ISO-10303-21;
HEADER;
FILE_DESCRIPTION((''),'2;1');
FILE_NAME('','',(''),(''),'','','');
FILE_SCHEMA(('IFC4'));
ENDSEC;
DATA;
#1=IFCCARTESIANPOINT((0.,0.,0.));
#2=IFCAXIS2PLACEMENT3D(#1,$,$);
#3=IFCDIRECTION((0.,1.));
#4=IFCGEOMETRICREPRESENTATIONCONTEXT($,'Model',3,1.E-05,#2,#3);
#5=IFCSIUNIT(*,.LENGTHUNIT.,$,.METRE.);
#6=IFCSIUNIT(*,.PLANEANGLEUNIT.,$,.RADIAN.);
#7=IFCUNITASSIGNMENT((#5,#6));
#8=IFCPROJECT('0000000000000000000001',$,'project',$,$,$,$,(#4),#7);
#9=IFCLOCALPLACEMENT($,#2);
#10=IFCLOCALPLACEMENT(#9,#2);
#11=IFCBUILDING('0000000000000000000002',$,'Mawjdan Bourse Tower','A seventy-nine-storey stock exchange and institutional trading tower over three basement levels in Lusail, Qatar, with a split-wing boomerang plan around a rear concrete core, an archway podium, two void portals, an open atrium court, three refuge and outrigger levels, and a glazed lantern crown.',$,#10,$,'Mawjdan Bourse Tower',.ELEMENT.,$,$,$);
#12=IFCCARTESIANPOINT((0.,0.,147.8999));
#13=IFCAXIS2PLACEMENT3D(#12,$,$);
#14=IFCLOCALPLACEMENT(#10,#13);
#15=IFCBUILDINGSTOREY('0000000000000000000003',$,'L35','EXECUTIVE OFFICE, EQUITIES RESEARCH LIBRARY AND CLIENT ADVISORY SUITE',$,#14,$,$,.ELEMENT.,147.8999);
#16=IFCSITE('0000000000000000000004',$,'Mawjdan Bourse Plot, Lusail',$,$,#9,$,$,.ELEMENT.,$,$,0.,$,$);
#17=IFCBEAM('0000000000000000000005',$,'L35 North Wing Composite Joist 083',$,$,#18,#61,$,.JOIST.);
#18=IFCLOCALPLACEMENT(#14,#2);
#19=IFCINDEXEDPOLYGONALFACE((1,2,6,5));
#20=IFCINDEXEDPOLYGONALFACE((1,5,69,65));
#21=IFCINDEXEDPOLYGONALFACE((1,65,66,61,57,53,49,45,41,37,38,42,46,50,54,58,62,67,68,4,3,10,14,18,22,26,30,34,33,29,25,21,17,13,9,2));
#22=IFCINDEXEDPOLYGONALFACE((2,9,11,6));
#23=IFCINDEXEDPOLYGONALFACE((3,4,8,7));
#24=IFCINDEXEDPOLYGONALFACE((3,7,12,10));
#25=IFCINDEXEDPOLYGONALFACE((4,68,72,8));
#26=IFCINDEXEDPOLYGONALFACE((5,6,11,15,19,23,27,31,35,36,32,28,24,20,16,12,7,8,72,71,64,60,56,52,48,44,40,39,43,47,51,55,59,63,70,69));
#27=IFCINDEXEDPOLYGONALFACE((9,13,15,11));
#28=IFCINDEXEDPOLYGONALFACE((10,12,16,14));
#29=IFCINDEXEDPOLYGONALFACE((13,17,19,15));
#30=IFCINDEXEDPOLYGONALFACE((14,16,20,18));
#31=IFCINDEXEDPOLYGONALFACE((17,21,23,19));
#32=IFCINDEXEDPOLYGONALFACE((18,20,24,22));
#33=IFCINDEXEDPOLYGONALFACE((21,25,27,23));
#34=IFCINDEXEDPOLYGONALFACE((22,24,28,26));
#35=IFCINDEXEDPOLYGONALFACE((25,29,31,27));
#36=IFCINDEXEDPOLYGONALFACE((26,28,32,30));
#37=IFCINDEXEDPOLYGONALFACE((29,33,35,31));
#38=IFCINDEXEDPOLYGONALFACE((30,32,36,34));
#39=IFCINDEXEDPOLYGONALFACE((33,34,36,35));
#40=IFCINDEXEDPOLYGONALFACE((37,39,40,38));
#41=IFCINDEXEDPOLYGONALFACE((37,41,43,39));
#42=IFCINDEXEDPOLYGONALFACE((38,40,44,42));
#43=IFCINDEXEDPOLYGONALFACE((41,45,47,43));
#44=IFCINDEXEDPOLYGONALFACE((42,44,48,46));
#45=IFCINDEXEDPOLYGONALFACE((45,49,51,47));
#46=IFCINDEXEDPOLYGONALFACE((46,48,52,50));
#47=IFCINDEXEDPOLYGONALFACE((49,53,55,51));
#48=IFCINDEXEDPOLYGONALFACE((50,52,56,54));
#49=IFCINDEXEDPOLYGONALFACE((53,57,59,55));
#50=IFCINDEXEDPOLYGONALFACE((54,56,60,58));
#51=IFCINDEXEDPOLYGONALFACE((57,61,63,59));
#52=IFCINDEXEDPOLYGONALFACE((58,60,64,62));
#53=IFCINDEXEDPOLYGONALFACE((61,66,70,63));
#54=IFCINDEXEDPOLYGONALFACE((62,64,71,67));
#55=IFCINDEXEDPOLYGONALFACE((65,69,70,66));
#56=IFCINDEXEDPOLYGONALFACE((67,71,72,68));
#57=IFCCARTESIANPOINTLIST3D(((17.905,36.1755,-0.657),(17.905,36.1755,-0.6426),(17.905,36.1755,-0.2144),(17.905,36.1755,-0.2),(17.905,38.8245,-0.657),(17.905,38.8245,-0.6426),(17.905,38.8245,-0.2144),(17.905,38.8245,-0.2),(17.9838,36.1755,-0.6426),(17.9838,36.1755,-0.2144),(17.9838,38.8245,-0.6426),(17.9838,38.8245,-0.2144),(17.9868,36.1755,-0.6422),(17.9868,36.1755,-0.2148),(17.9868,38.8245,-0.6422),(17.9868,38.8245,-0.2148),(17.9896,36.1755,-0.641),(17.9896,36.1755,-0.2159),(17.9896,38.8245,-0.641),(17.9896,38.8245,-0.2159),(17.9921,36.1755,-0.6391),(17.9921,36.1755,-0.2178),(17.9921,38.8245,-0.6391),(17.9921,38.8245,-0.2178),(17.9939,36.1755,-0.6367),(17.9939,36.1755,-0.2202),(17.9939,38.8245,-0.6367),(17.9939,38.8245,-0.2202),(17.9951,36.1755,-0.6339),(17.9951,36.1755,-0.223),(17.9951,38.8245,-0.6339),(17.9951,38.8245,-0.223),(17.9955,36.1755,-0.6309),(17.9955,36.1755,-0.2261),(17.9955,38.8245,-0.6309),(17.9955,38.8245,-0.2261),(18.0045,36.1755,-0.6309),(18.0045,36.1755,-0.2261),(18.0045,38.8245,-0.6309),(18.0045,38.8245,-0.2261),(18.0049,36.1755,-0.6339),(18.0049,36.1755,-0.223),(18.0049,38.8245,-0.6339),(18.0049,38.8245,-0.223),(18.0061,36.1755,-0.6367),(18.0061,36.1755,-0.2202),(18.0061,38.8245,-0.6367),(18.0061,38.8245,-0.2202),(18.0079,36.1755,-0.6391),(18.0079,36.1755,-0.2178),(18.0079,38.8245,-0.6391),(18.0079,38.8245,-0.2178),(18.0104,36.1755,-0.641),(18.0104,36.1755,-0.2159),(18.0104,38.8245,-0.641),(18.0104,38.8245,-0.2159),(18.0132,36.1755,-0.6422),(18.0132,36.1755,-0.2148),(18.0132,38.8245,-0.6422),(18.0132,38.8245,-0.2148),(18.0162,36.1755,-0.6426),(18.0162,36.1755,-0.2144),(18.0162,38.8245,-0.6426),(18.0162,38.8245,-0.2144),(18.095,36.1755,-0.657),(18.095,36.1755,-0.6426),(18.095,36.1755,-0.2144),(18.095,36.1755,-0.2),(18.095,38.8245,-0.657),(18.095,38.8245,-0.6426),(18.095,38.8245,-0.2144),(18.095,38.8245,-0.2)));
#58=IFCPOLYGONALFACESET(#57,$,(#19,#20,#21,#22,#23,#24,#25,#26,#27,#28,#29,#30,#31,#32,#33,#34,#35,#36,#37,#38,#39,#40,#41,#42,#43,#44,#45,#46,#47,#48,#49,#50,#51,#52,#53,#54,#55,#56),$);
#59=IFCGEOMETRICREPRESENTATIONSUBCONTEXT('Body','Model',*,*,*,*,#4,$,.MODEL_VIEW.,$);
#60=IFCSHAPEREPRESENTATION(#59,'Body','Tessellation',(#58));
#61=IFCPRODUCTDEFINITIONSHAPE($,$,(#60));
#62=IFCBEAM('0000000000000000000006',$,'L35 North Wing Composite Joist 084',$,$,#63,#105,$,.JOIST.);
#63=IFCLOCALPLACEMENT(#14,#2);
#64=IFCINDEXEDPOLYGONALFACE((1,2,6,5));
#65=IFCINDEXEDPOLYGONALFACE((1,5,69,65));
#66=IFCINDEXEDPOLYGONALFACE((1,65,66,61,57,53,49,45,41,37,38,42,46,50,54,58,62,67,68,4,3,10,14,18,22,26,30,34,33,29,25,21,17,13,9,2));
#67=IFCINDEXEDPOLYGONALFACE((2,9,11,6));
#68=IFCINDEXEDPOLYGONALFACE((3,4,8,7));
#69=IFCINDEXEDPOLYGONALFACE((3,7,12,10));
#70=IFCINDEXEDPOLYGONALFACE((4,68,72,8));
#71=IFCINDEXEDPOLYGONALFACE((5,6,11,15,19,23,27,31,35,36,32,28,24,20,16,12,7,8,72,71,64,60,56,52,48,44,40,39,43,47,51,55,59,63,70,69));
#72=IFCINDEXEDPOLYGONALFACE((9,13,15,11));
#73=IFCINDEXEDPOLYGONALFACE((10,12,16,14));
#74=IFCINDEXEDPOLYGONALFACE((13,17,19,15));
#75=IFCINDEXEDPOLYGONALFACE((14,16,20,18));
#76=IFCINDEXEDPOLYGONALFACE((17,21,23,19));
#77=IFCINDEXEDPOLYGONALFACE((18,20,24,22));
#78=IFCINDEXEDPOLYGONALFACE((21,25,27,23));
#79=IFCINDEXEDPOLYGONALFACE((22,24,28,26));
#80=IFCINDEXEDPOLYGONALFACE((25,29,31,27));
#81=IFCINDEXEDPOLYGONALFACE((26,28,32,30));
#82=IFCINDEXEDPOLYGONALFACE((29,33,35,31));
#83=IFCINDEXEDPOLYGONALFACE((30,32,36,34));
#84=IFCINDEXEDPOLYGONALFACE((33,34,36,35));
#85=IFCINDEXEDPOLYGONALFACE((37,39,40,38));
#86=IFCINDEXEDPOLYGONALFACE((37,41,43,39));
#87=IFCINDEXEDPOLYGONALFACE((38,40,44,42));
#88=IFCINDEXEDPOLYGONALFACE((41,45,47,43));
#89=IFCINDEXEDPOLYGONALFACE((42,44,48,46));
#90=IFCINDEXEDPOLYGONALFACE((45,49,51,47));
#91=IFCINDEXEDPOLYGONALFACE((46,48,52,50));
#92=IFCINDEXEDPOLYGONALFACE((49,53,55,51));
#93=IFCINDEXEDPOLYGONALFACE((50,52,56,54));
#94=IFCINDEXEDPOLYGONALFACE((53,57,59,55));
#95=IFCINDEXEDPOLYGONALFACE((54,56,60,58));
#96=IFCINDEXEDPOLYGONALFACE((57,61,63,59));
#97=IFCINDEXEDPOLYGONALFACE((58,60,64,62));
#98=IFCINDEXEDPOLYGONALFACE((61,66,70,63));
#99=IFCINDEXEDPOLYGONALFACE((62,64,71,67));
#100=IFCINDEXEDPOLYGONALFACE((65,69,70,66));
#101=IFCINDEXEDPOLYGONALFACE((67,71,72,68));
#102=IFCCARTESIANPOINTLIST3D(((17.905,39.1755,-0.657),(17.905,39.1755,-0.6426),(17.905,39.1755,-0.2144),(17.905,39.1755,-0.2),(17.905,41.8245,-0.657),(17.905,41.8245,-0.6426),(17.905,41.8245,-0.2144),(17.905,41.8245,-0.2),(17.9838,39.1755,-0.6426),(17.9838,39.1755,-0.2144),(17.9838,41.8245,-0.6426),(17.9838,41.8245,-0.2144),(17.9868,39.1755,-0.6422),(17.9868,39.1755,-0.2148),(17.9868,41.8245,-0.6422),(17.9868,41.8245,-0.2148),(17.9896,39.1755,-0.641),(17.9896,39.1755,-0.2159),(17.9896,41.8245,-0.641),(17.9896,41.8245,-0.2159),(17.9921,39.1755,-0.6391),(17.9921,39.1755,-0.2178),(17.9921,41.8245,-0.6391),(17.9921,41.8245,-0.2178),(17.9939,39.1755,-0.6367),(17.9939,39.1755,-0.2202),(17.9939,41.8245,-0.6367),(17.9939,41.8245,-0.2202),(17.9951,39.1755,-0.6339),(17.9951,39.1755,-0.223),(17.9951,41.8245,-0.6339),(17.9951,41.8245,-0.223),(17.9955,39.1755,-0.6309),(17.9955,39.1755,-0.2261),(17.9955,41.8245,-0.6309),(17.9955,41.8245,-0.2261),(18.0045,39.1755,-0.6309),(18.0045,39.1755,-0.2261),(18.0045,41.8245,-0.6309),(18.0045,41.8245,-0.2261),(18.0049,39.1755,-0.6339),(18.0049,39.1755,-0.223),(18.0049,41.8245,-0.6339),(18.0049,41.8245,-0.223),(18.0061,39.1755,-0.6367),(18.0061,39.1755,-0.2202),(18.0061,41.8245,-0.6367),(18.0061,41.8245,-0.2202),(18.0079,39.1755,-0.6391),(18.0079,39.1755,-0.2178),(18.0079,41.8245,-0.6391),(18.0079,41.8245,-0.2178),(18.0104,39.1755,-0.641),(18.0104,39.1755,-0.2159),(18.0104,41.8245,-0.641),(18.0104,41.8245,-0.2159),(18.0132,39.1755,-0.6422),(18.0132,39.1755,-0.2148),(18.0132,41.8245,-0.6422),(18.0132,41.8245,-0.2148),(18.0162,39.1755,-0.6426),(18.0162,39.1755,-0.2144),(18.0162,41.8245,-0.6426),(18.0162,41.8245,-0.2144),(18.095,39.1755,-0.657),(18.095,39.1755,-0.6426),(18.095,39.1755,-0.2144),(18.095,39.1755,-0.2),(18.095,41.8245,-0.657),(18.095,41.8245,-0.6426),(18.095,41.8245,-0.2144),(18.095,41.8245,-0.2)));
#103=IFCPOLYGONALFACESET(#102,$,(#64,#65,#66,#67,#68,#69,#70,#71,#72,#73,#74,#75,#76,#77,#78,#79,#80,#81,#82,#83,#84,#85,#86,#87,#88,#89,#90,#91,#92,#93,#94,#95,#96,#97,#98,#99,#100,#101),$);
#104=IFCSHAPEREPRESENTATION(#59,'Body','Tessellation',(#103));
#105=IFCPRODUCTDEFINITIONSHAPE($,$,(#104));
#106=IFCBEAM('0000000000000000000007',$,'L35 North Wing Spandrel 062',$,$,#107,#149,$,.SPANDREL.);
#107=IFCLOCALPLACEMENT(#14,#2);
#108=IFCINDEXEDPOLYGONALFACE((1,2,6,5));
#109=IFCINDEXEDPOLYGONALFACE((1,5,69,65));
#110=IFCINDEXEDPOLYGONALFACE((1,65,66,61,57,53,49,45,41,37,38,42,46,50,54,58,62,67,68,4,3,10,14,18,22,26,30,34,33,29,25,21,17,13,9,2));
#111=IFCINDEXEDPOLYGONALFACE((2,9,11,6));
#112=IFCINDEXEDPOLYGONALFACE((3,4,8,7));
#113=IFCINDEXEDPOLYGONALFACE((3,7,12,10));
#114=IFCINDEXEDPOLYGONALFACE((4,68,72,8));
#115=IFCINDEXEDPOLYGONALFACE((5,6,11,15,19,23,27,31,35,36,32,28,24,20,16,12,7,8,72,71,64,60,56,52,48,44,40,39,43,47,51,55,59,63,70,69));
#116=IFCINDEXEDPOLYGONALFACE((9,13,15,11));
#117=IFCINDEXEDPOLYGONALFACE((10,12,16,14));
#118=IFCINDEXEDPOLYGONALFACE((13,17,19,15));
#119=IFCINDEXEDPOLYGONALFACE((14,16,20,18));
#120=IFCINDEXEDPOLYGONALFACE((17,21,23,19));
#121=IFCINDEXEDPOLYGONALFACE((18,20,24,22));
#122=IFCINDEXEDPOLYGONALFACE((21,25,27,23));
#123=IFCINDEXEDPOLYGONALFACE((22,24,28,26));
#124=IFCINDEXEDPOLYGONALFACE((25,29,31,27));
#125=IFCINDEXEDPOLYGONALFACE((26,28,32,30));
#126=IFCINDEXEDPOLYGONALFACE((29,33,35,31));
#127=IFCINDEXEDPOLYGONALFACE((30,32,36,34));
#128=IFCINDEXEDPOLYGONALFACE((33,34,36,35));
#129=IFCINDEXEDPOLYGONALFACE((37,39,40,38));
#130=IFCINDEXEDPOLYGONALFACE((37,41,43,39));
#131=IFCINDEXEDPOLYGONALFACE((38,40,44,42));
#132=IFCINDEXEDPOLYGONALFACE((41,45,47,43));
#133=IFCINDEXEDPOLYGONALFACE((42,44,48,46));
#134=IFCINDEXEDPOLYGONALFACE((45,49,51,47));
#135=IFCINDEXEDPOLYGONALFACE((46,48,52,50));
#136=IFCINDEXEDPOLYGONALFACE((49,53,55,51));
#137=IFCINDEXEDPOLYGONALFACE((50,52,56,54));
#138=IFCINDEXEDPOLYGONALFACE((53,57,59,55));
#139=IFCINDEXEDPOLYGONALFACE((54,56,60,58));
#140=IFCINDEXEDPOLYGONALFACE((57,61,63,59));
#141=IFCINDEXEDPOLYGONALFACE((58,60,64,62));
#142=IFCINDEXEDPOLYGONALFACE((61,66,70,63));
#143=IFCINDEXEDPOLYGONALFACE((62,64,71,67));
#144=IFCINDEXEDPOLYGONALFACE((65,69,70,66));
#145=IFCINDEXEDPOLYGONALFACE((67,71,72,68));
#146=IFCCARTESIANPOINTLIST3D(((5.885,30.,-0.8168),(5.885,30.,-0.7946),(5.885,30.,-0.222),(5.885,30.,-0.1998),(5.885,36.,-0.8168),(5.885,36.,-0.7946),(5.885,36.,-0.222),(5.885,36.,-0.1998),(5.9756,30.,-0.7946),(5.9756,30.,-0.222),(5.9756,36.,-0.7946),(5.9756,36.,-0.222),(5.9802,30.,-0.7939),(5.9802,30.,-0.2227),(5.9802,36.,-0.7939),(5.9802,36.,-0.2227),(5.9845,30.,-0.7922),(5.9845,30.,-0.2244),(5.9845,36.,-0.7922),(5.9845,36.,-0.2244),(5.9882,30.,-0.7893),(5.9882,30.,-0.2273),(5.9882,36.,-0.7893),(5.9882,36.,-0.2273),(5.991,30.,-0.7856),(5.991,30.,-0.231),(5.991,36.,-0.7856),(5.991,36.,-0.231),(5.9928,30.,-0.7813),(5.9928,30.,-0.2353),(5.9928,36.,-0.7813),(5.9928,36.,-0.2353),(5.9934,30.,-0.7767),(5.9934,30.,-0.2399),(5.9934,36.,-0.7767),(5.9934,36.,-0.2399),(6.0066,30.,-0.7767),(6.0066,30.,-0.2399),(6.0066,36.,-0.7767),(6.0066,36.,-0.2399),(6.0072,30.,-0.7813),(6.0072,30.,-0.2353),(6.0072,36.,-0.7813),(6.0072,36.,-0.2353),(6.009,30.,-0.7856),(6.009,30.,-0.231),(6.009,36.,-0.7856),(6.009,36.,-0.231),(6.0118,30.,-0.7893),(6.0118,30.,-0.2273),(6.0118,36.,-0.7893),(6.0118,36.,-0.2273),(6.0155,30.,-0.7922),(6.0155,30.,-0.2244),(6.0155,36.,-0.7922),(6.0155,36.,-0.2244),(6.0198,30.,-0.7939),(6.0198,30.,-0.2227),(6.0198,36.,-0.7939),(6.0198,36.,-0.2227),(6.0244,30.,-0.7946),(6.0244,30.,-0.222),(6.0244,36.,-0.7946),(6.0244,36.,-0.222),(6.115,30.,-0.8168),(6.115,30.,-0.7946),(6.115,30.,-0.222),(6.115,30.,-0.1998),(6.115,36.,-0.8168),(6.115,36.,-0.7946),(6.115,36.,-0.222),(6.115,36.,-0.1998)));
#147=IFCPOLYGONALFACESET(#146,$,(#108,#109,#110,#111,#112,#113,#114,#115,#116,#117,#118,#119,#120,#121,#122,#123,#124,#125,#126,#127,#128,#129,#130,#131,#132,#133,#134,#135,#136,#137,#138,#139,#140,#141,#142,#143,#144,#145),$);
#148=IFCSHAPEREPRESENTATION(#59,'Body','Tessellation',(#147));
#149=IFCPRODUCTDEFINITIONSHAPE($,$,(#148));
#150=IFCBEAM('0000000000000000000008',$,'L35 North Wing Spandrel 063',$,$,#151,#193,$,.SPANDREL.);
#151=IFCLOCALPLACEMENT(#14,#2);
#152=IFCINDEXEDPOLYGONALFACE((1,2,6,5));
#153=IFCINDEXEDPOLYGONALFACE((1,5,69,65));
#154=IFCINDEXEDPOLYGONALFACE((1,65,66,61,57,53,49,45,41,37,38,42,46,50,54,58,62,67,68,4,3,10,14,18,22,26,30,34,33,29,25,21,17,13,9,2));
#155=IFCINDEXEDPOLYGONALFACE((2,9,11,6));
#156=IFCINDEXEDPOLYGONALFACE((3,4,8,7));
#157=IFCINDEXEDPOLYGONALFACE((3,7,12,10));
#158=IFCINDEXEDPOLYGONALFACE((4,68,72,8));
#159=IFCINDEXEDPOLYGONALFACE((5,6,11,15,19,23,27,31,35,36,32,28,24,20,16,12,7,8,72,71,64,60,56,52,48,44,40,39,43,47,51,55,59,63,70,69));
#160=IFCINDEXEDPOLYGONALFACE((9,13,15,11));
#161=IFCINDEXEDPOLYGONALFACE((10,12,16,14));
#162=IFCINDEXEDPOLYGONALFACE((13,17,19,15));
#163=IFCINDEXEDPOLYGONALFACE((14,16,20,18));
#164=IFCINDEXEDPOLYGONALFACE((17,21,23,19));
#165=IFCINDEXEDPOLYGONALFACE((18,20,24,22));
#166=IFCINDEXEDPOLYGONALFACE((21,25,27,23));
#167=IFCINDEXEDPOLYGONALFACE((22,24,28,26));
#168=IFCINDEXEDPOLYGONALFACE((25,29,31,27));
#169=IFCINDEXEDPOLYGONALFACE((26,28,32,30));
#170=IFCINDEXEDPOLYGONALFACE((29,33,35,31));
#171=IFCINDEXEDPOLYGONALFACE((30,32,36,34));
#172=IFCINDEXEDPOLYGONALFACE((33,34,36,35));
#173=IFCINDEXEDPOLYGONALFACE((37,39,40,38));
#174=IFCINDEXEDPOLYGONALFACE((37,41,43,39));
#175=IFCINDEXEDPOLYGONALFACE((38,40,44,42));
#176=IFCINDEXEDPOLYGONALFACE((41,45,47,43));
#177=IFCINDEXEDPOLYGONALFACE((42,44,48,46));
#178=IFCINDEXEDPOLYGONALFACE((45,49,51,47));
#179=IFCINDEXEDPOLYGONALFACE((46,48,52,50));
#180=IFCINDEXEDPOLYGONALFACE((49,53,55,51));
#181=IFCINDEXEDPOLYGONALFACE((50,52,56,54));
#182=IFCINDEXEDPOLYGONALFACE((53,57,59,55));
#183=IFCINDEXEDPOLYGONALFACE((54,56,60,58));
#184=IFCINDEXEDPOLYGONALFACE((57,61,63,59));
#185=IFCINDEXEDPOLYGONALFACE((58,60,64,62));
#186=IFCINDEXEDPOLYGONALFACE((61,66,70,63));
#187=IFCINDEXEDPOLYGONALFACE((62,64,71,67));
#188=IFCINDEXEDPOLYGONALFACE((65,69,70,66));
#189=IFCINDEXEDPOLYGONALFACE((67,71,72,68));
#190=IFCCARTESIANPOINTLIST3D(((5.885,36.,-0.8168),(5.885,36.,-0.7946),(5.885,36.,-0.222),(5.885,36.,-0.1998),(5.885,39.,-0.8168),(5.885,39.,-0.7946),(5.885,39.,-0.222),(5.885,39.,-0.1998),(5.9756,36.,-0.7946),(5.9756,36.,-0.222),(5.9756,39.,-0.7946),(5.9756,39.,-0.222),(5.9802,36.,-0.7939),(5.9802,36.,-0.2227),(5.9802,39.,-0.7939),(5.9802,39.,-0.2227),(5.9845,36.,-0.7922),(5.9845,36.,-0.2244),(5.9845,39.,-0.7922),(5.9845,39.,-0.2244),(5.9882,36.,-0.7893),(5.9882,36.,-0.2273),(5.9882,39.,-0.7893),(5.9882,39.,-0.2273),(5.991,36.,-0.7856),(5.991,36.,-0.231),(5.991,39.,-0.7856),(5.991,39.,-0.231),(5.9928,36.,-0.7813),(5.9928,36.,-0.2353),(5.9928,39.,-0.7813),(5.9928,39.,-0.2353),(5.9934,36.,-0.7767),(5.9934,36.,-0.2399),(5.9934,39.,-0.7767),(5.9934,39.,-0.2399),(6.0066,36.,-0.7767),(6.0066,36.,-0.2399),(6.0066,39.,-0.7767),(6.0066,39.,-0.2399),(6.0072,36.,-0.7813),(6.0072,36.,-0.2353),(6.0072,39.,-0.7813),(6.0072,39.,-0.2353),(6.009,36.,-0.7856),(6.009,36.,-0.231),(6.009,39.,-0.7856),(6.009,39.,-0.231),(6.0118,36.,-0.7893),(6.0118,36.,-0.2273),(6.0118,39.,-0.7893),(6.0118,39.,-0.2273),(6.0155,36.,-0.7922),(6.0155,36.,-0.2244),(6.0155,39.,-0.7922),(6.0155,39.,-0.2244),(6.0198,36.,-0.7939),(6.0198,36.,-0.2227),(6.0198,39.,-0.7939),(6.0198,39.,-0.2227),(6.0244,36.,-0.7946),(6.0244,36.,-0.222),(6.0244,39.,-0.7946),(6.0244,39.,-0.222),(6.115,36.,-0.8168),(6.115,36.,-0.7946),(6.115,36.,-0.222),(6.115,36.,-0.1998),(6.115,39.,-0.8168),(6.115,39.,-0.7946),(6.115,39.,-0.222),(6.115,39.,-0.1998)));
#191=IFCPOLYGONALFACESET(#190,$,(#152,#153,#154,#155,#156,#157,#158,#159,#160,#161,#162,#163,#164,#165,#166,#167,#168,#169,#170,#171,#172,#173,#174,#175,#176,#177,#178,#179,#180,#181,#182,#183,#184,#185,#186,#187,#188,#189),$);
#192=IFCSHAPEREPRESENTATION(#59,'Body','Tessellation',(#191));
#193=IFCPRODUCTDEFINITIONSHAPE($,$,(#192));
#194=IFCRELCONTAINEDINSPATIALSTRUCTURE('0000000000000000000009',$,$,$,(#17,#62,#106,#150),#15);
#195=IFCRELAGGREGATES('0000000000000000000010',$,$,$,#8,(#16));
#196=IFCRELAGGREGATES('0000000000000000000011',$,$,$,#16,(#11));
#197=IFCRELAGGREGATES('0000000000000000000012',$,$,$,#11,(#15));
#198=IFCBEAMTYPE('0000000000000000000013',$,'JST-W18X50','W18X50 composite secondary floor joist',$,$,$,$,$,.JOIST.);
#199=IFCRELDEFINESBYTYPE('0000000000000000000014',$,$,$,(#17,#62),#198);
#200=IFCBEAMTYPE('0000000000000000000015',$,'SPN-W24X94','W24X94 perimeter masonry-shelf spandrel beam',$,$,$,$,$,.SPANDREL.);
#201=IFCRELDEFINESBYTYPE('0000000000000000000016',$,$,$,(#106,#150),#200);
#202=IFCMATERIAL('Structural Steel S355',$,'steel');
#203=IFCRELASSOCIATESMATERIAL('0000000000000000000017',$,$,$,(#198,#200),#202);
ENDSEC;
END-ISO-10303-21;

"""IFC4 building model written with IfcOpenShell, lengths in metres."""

from ifc_helpers import new_model, si_unit, direction, frame, origin, origin_2d, place, context, subcontext, project, spatial, i_section, extrude, material, material_profile, profile_set, type_object, element, save


model = new_model("IFC4")

# Units and contexts
model_context = context("Model", 3, precision=1e-05, world=origin(), true_north=direction((0.0, 1.0)))
body_context = subcontext(model_context, "Body", "Model", "MODEL_VIEW")
ifc_project = project(units=[si_unit("LENGTHUNIT", "METRE"), si_unit("PLANEANGLEUNIT", "RADIAN")], contexts=[model_context])

# Site, building, storey
site_placement = place(None, origin())
site = spatial("IfcSite", under=ifc_project, at=site_placement, Name="Mawjdan Bourse Plot, Lusail", CompositionType="ELEMENT", RefElevation=0.0)
building_placement = place(site_placement, origin())
building = spatial("IfcBuilding", under=site, at=building_placement, Name="Mawjdan Bourse Tower", Description="A seventy-nine-storey stock exchange and institutional trading tower over three basement levels in Lusail, Qatar, with a split-wing boomerang plan around a rear concrete core, an archway podium, two void portals, an open atrium court, three refuge and outrigger levels, and a glazed lantern crown.", LongName="Mawjdan Bourse Tower", CompositionType="ELEMENT")
storey_placement = place(building_placement, frame((0.0, 0.0, 147.8999)))
storey = spatial("IfcBuildingStorey", under=building, at=storey_placement, Name="L35", Description="EXECUTIVE OFFICE, EQUITIES RESEARCH LIBRARY AND CLIENT ADVISORY SUITE", CompositionType="ELEMENT", Elevation=147.8999)

# Beams
ifc_material_1 = material(Name="Structural Steel S355", Category="steel")
ifc_material_profile_1 = material_profile(ifc_material_1, i_section(OverallWidth=0.1899, OverallDepth=0.457, WebThickness=0.009, FlangeThickness=0.0144, FilletRadius=0.0117, at=origin_2d()), Name="W18X50")
ifc_profile_set_1 = profile_set([ifc_material_profile_1], Name="Structural Steel S355")
beam_type_1 = type_object("IfcBeamType", Name="JST-W18X50", Description="W18X50 composite secondary floor joist", PredefinedType="JOIST", material=ifc_profile_set_1)
for number, where, z_axis, x_axis, name in (
    (1, (18.0, 36.1755, -0.4285), (0.0, 1.0, 0.0), (-1.0, 0.0, 0.0), "L35 North Wing Composite Joist 083"),
    (2, (18.0, 39.1755, -0.4285), (0.0, 1.0, 0.0), (-1.0, 0.0, 0.0), "L35 North Wing Composite Joist 084"),
):
    element("IfcBeam", number, at=place(storey_placement, frame(where, z_axis=z_axis, x_axis=x_axis)), inside=storey, type_object=beam_type_1, Name=name, PredefinedType="JOIST", context=body_context, shape_type="SweptSolid", body=[
        extrude(i_section(OverallWidth=0.1899, OverallDepth=0.457, WebThickness=0.009, FlangeThickness=0.0144, FilletRadius=0.0117, at=origin_2d()), origin(), (0.0, 0.0, 1.0), 2.6489),
    ])
ifc_material_profile_2 = material_profile(ifc_material_1, i_section(OverallWidth=0.23, OverallDepth=0.6169, WebThickness=0.0132, FlangeThickness=0.0222, FilletRadius=0.0178, at=origin_2d()), Name="W24X94")
ifc_profile_set_2 = profile_set([ifc_material_profile_2], Name="Structural Steel S355")
beam_type_2 = type_object("IfcBeamType", Name="SPN-W24X94", Description="W24X94 perimeter masonry-shelf spandrel beam", PredefinedType="SPANDREL", material=ifc_profile_set_2)
beam_1_placement = place(storey_placement, frame((6.0, 30.0, -0.5083), z_axis=(0.0, 1.0, 0.0), x_axis=(-1.0, 0.0, 0.0)))
element("IfcBeam", 3, at=beam_1_placement, inside=storey, type_object=beam_type_2, Name="L35 North Wing Spandrel 062", PredefinedType="SPANDREL", context=body_context, shape_type="SweptSolid", body=[
    extrude(i_section(OverallWidth=0.23, OverallDepth=0.6169, WebThickness=0.0132, FlangeThickness=0.0222, FilletRadius=0.0178, at=origin_2d()), origin(), (0.0, 0.0, 1.0), 6.0),
])
for number, where, z_axis, x_axis, name in (
    (4, (6.0, 36.0, -0.5083), (0.0, 1.0, 0.0), (-1.0, 0.0, 0.0), "L35 North Wing Spandrel 063"),
):
    element("IfcBeam", number, at=place(storey_placement, frame(where, z_axis=z_axis, x_axis=x_axis)), inside=storey, type_object=beam_type_2, Name=name, PredefinedType="SPANDREL", context=body_context, shape_type="SweptSolid", body=[
        extrude(i_section(OverallWidth=0.23, OverallDepth=0.6169, WebThickness=0.0132, FlangeThickness=0.0222, FilletRadius=0.0178, at=origin_2d()), origin(), (0.0, 0.0, 1.0), 3.0),
    ])

save(model, "model.ifc")
